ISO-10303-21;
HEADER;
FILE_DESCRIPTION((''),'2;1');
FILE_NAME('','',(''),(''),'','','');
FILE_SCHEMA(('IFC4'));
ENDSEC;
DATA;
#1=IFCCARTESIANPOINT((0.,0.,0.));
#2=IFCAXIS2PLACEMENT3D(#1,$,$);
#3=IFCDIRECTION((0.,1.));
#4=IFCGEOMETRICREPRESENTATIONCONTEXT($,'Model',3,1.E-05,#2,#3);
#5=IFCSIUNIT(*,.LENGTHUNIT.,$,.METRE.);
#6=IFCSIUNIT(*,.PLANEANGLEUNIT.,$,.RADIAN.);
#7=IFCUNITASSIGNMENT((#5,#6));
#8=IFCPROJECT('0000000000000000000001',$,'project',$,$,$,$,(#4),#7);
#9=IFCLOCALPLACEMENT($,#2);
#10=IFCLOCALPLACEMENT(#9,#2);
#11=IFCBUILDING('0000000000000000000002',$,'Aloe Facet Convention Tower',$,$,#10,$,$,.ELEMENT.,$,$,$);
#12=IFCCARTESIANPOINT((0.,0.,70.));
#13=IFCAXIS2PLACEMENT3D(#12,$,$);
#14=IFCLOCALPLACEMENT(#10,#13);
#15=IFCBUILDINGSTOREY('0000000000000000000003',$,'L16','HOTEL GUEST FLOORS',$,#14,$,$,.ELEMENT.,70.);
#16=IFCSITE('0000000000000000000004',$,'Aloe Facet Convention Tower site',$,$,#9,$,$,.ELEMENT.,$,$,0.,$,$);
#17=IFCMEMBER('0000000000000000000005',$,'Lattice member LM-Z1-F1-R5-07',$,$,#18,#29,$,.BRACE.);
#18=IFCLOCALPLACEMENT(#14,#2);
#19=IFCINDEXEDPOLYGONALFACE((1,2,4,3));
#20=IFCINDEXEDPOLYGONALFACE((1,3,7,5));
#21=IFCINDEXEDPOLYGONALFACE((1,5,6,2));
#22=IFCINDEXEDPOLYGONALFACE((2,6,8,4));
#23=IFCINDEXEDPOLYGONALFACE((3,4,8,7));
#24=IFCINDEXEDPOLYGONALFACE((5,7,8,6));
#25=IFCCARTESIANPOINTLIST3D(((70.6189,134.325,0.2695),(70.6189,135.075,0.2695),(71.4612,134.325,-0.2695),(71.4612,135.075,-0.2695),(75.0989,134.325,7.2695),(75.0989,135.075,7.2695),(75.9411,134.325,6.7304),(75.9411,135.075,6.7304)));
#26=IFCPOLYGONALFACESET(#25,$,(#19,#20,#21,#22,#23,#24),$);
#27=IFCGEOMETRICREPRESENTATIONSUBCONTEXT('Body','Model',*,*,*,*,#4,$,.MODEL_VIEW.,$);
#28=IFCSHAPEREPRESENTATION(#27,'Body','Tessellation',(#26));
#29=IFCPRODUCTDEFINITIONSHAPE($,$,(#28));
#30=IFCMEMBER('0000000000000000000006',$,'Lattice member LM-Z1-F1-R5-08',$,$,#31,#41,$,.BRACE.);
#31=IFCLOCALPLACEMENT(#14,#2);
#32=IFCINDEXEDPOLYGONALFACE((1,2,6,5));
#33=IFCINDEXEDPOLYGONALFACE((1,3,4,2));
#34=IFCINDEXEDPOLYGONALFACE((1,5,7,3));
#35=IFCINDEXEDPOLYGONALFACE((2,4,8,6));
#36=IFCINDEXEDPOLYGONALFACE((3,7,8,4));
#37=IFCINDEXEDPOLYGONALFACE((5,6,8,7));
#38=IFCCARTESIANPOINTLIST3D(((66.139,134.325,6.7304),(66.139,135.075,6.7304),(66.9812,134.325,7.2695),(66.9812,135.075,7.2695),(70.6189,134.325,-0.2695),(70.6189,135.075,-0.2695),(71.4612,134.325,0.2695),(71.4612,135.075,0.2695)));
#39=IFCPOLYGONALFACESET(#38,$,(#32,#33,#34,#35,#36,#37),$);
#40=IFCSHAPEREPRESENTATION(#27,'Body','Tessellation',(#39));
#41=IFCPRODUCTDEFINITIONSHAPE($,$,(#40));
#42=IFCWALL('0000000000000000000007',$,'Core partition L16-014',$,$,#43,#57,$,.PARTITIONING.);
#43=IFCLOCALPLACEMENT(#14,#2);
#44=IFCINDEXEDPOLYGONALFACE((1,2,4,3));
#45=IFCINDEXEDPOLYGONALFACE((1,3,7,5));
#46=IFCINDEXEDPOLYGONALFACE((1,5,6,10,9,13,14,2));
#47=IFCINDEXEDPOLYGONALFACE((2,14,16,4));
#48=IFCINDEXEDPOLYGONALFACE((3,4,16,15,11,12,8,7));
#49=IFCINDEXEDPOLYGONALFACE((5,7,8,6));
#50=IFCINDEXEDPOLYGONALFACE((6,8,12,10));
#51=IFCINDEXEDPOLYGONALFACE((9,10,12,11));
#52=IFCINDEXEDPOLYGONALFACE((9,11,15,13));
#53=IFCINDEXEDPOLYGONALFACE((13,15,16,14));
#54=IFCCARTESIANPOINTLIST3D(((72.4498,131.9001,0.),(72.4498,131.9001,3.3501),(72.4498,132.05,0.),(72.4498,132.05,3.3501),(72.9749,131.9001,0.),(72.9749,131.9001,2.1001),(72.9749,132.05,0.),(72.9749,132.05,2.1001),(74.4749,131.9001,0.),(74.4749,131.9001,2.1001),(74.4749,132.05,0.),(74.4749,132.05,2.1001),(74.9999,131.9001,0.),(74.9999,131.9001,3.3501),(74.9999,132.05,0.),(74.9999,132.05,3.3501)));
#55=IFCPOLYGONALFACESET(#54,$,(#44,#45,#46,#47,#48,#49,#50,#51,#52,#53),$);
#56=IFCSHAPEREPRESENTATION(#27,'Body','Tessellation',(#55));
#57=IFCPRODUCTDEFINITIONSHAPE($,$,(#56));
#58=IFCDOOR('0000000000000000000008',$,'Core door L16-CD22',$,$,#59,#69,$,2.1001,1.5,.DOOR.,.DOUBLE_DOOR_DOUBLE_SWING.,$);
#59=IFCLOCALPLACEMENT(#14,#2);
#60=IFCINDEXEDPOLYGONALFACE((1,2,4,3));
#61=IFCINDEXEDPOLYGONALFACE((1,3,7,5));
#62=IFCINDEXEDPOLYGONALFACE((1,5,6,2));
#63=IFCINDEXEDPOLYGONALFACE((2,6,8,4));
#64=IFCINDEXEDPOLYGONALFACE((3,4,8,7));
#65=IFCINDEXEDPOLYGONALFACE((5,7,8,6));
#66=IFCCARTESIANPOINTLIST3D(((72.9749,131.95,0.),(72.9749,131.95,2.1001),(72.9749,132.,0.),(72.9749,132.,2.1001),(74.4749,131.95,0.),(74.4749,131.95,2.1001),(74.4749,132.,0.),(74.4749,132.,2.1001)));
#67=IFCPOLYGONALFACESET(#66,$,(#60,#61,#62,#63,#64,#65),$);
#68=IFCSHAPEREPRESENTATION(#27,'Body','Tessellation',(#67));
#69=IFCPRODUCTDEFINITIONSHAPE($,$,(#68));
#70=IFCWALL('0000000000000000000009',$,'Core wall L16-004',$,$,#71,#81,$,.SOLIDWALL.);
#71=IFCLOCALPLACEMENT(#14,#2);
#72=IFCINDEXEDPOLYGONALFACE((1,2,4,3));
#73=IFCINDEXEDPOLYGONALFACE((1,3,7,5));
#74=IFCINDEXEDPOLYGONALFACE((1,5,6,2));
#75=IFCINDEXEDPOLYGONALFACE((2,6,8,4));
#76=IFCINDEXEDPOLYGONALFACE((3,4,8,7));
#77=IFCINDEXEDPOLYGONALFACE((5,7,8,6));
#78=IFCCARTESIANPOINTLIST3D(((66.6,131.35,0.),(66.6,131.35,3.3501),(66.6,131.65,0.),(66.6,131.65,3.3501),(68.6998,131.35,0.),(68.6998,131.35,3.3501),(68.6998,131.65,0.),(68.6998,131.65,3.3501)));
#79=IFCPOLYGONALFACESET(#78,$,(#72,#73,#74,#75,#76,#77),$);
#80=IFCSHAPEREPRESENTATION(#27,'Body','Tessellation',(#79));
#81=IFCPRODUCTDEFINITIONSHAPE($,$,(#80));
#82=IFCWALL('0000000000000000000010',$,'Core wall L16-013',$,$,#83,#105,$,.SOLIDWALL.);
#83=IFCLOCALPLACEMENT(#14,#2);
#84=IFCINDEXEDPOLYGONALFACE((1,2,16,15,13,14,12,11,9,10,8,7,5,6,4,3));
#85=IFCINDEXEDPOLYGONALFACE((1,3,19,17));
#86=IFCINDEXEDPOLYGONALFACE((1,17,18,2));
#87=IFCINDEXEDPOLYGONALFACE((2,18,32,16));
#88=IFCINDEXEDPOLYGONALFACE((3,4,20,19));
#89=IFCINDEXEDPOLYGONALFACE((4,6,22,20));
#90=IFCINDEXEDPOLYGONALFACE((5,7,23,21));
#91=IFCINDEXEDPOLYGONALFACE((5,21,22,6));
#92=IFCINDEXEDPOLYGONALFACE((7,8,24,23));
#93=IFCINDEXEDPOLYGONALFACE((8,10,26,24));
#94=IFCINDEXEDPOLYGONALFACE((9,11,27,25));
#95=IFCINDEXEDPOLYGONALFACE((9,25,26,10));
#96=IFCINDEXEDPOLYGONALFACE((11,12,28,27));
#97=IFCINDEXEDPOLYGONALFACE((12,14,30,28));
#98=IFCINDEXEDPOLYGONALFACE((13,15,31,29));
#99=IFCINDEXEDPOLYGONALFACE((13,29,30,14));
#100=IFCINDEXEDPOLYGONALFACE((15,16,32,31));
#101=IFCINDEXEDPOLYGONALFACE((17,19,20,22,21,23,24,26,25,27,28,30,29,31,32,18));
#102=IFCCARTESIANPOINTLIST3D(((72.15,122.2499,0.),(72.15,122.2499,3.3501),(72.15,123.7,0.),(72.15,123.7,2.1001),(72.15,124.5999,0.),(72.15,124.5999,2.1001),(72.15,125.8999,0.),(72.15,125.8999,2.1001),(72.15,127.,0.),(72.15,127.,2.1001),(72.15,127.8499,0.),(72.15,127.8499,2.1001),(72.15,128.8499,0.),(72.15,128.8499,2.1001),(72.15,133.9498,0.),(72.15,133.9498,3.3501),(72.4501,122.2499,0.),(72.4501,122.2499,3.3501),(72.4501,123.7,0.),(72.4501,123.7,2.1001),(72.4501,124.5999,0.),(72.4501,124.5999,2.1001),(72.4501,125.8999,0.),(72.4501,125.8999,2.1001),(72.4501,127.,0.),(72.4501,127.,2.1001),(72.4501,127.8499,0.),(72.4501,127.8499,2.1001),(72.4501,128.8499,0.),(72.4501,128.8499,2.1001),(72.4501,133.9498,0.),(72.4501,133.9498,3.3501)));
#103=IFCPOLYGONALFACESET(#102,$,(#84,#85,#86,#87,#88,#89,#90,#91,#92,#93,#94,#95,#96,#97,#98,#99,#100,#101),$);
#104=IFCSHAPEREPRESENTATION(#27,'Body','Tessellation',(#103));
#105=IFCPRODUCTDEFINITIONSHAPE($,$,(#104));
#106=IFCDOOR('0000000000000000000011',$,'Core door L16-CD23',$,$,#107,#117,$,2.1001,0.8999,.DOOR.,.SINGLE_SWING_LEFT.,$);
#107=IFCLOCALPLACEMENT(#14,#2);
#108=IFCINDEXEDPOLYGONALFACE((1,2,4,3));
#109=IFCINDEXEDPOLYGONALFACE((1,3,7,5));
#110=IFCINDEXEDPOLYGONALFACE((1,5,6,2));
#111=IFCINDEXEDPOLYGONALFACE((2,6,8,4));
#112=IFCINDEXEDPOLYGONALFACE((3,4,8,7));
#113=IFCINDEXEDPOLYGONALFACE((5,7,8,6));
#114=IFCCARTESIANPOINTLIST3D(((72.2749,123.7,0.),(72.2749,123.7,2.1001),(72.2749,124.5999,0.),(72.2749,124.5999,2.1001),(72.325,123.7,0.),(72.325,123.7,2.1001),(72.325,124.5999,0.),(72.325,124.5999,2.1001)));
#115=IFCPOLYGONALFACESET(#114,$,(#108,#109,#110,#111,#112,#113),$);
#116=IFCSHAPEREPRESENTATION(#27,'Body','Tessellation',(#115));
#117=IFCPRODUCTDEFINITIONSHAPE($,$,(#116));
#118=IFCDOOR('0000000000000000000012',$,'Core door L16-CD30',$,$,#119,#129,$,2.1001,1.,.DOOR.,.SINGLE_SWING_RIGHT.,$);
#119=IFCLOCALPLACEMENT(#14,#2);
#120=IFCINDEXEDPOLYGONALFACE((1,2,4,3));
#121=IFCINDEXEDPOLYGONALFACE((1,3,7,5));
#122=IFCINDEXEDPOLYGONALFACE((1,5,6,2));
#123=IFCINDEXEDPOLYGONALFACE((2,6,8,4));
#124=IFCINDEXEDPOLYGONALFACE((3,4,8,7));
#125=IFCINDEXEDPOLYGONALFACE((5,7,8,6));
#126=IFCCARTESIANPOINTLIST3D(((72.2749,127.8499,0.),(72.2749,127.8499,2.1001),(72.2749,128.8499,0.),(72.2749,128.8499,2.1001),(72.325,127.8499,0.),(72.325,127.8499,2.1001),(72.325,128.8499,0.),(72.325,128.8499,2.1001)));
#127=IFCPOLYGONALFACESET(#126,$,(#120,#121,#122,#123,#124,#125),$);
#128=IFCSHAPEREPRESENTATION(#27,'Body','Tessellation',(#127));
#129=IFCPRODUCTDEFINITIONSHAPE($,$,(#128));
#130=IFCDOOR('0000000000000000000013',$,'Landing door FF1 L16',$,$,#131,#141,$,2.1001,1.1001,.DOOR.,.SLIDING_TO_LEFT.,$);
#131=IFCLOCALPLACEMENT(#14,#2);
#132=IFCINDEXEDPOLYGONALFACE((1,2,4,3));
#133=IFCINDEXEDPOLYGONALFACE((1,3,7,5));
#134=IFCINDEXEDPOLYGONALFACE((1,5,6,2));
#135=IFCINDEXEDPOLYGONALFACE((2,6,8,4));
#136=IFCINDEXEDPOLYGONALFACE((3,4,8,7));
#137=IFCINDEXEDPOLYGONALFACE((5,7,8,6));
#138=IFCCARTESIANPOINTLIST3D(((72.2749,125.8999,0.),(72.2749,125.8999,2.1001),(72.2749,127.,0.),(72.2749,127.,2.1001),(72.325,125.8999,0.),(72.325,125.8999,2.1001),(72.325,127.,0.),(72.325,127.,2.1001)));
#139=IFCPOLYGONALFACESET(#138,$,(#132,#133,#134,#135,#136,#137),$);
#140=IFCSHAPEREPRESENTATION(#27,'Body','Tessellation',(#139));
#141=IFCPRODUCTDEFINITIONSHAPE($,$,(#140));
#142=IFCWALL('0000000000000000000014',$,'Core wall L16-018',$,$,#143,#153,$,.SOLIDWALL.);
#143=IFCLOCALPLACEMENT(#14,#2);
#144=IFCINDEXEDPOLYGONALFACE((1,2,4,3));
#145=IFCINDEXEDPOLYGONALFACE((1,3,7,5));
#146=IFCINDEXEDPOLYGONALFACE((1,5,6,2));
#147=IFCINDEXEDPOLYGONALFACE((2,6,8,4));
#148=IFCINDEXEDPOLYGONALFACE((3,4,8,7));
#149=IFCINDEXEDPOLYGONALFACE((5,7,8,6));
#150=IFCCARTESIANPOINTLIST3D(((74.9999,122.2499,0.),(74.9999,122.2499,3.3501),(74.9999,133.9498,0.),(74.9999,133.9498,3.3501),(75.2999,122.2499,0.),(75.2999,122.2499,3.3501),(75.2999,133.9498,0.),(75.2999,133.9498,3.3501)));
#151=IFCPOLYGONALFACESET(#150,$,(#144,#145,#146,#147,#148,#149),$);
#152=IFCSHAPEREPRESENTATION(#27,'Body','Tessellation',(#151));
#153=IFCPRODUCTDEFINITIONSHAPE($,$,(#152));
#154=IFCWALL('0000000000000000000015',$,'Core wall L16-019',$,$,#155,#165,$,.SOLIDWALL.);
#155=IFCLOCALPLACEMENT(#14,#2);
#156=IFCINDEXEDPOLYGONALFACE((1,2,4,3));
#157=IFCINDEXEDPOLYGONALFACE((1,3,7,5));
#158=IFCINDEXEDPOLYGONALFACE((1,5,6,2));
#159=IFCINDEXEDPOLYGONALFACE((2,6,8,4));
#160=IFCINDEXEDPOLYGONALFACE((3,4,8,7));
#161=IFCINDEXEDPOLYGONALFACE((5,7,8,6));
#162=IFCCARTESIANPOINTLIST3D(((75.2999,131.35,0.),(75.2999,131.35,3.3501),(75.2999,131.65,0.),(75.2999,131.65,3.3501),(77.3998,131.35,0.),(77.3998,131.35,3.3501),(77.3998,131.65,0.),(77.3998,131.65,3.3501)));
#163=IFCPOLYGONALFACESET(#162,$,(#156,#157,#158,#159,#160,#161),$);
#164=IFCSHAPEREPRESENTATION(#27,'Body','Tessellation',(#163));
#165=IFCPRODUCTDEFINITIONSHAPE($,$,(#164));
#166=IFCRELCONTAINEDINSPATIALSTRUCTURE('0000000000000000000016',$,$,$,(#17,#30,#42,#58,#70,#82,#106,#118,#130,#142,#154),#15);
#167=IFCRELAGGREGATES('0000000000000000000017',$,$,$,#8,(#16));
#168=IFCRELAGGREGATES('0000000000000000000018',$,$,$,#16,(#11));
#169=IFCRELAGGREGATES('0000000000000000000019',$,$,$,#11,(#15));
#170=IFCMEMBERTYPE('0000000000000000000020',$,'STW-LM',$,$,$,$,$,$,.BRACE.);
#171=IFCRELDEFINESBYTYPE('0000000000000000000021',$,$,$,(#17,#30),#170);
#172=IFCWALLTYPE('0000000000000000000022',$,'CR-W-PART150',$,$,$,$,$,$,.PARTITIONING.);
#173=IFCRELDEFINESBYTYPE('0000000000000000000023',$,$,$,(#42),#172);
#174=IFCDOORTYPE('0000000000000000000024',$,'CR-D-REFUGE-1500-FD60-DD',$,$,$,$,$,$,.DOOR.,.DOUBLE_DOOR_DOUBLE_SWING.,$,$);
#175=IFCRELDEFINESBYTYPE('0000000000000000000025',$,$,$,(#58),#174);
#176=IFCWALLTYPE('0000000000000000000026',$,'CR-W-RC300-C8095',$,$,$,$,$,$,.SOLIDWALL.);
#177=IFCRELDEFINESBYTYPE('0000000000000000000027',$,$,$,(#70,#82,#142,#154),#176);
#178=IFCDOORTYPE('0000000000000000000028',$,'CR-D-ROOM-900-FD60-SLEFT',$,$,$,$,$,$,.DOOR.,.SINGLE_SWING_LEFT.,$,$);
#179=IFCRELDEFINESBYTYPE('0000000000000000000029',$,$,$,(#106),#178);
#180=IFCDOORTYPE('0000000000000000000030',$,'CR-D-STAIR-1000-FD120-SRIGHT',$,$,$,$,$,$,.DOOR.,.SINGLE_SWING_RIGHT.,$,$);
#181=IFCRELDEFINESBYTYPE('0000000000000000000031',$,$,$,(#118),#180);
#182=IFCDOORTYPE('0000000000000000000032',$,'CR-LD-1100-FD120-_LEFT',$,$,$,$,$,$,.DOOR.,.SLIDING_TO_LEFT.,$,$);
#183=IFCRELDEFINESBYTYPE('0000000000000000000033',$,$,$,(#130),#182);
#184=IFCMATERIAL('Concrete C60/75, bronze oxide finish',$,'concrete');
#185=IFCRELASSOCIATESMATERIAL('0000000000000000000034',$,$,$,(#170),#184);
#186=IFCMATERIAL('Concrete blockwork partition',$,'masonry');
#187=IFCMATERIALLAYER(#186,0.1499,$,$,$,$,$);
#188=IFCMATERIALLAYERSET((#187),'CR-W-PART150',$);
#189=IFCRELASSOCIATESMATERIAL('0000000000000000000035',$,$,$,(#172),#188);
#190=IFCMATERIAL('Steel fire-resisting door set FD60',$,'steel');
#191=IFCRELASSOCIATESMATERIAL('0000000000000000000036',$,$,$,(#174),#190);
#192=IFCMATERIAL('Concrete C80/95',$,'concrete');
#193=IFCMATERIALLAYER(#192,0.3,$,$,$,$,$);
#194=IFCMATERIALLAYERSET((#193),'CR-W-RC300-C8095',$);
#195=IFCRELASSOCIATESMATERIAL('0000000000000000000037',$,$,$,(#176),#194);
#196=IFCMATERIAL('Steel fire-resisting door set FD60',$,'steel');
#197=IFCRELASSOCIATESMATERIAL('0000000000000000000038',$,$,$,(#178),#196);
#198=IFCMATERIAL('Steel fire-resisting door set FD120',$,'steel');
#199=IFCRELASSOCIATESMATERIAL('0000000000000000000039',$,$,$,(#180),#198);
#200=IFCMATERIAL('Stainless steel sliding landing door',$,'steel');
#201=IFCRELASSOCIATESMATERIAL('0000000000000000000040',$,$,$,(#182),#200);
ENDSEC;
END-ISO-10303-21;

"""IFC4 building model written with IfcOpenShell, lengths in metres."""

from ifc_helpers import new_model, si_unit, direction, frame, frame_2d, origin, origin_2d, place, context, subcontext, project, spatial, rectangle, extrude, material, layer, layer_set, material_profile, profile_set, type_object, element, fill, save


model = new_model("IFC4")

# Units and contexts
model_context = context("Model", 3, precision=1e-05, world=origin(), true_north=direction((0.0, 1.0)))
body_context = subcontext(model_context, "Body", "Model", "MODEL_VIEW")
ifc_project = project(units=[si_unit("LENGTHUNIT", "METRE"), si_unit("PLANEANGLEUNIT", "RADIAN")], contexts=[model_context])

# Site, building, storey
site_placement = place(None, origin())
site = spatial("IfcSite", under=ifc_project, at=site_placement, Name="Aloe Facet Convention Tower site", CompositionType="ELEMENT", RefElevation=0.0)
building_placement = place(site_placement, origin())
building = spatial("IfcBuilding", under=site, at=building_placement, Name="Aloe Facet Convention Tower", CompositionType="ELEMENT")
storey_placement = place(building_placement, frame((0.0, 0.0, 70.0)))
storey = spatial("IfcBuildingStorey", under=building, at=storey_placement, Name="L16", Description="HOTEL GUEST FLOORS", CompositionType="ELEMENT", Elevation=70.0)

# Members
ifc_material_1 = material(Name="Concrete C60/75, bronze oxide finish", Category="concrete")
ifc_material_profile = material_profile(ifc_material_1, rectangle(XDim=0.75, YDim=1.0, at=origin_2d()), Name="STW-LM")
ifc_profile_set = profile_set([ifc_material_profile], Name="Concrete C60/75, bronze oxide finish")
member_type = type_object("IfcMemberType", Name="STW-LM", PredefinedType="BRACE", material=ifc_profile_set)
for number, where, z_axis, x_axis, name in (
    (1, (71.04, 134.7, 0.0), (0.539052, 0.0, 0.842272), (0.0, 1.0, 0.0), "Lattice member LM-Z1-F1-R5-07"),
    (2, (71.04, 134.7, 0.0), (-0.539052, 0.0, 0.842272), (0.0, -1.0, 0.0), "Lattice member LM-Z1-F1-R5-08"),
):
    element("IfcMember", number, at=place(storey_placement, frame(where, z_axis=z_axis, x_axis=x_axis)), inside=storey, type_object=member_type, Name=name, PredefinedType="BRACE", context=body_context, shape_type="SweptSolid", body=[
        extrude(rectangle(XDim=0.75, YDim=1.0, at=origin_2d()), origin(), (0.0, 0.0, 1.0), 8.3108),
    ])

# Wall, opening, door
ifc_material_2 = material(Name="Concrete blockwork partition", Category="masonry")
ifc_layer_1 = layer(ifc_material_2, 0.1499)
ifc_layer_set_1 = layer_set([ifc_layer_1], Name="CR-W-PART150")
wall_type_1 = type_object("IfcWallType", Name="CR-W-PART150", PredefinedType="PARTITIONING", material=ifc_layer_set_1)
wall_1_placement = place(storey_placement, frame((72.45, 131.9751, 0.0), z_axis=(0.0, 0.0, 1.0), x_axis=(1.0, 0.0, 0.0)))
wall_1 = element("IfcWall", 3, at=wall_1_placement, inside=storey, type_object=wall_type_1, Name="Core partition L16-014", PredefinedType="PARTITIONING", context=body_context, shape_type="SweptSolid", body=[
    extrude(rectangle(XDim=2.55, YDim=0.1499, at=frame_2d((1.2749, 0.0))), origin(), (0.0, 0.0, 1.0), 3.3501),
])
opening_1_placement = place(wall_1_placement, frame((0.5249, 0.0, 0.0)))
opening_1 = element("IfcOpeningElement", 4, at=opening_1_placement, cuts=wall_1, PredefinedType="OPENING", context=body_context, shape_type="SweptSolid", body=[
    extrude(rectangle(XDim=1.5, YDim=2.1001, at=frame_2d((0.75, 1.05))), frame((0.0, 0.085, 0.0), z_axis=(0.0, -1.0, 0.0), x_axis=(1.0, 0.0, 0.0)), (0.0, 0.0, 1.0), 0.1699),
])
ifc_material_3 = material(Name="Steel fire-resisting door set FD60", Category="steel")
door_type_1 = type_object("IfcDoorType", Name="CR-D-REFUGE-1500-FD60-DD", OperationType="DOUBLE_DOOR_DOUBLE_SWING", PredefinedType="DOOR", material=ifc_material_3)
door_1_placement = place(opening_1_placement, origin())
door_1 = element("IfcDoor", 5, at=door_1_placement, inside=storey, type_object=door_type_1, Name="Core door L16-CD22", OperationType="DOUBLE_DOOR_DOUBLE_SWING", OverallHeight=2.1001, OverallWidth=1.5, PredefinedType="DOOR", context=body_context, shape_type="SweptSolid", body=[
    extrude(rectangle(XDim=1.5, YDim=2.1001, at=frame_2d((0.75, 1.05))), frame((0.0, 0.0249, 0.0), z_axis=(0.0, -1.0, 0.0), x_axis=(1.0, 0.0, 0.0)), (0.0, 0.0, 1.0), 0.05),
])
fill(opening_1, door_1)

# Wall
ifc_material_4 = material(Name="Concrete C80/95", Category="concrete")
ifc_layer_2 = layer(ifc_material_4, 0.3)
ifc_layer_set_2 = layer_set([ifc_layer_2], Name="CR-W-RC300-C8095")
wall_type_2 = type_object("IfcWallType", Name="CR-W-RC300-C8095", PredefinedType="SOLIDWALL", material=ifc_layer_set_2)
wall_2_placement = place(storey_placement, frame((66.6001, 131.5, 0.0), z_axis=(0.0, 0.0, 1.0), x_axis=(1.0, 0.0, 0.0)))
element("IfcWall", 6, at=wall_2_placement, inside=storey, type_object=wall_type_2, Name="Core wall L16-004", PredefinedType="SOLIDWALL", context=body_context, shape_type="SweptSolid", body=[
    extrude(rectangle(XDim=2.0999, YDim=0.3, at=frame_2d((1.0498, 0.0))), origin(), (0.0, 0.0, 1.0), 3.3501),
])

# Wall, openings, doors
wall_3_placement = place(storey_placement, frame((72.3, 133.95, 0.0), z_axis=(0.0, 0.0, 1.0), x_axis=(0.0, -1.0, 0.0)))
wall_3 = element("IfcWall", 7, at=wall_3_placement, inside=storey, type_object=wall_type_2, Name="Core wall L16-013", PredefinedType="SOLIDWALL", context=body_context, shape_type="SweptSolid", body=[
    extrude(rectangle(XDim=11.7, YDim=0.3, at=frame_2d((5.8501, 0.0))), origin(), (0.0, 0.0, 1.0), 3.3501),
])
opening_2_placement = place(wall_3_placement, frame((6.95, 0.0, 0.0)))
opening_2 = element("IfcOpeningElement", 8, at=opening_2_placement, cuts=wall_3, PredefinedType="OPENING", context=body_context, shape_type="SweptSolid", body=[
    extrude(rectangle(XDim=1.1001, YDim=2.1001, at=frame_2d((0.55, 1.05))), frame((0.0, 0.1602, 0.0), z_axis=(0.0, -1.0, 0.0), x_axis=(1.0, 0.0, 0.0)), (0.0, 0.0, 1.0), 0.3201),
])
opening_3_placement = place(wall_3_placement, frame((9.3501, 0.0, 0.0)))
opening_3 = element("IfcOpeningElement", 9, at=opening_3_placement, cuts=wall_3, PredefinedType="OPENING", context=body_context, shape_type="SweptSolid", body=[
    extrude(rectangle(XDim=0.8999, YDim=2.1001, at=frame_2d((0.45, 1.05))), frame((0.0, 0.1602, 0.0), z_axis=(0.0, -1.0, 0.0), x_axis=(1.0, 0.0, 0.0)), (0.0, 0.0, 1.0), 0.3201),
])
opening_4_placement = place(wall_3_placement, frame((5.1001, 0.0, 0.0)))
opening_4 = element("IfcOpeningElement", 10, at=opening_4_placement, cuts=wall_3, PredefinedType="OPENING", context=body_context, shape_type="SweptSolid", body=[
    extrude(rectangle(XDim=1.0, YDim=2.1001, at=frame_2d((0.5, 1.05))), frame((0.0, 0.1602, 0.0), z_axis=(0.0, -1.0, 0.0), x_axis=(1.0, 0.0, 0.0)), (0.0, 0.0, 1.0), 0.3201),
])
ifc_material_5 = material(Name="Steel fire-resisting door set FD60", Category="steel")
door_type_2 = type_object("IfcDoorType", Name="CR-D-ROOM-900-FD60-SLEFT", OperationType="SINGLE_SWING_LEFT", PredefinedType="DOOR", material=ifc_material_5)
door_2_placement = place(opening_3_placement, origin())
door_2 = element("IfcDoor", 11, at=door_2_placement, inside=storey, type_object=door_type_2, Name="Core door L16-CD23", OperationType="SINGLE_SWING_LEFT", OverallHeight=2.1001, OverallWidth=0.8999, PredefinedType="DOOR", context=body_context, shape_type="SweptSolid", body=[
    extrude(rectangle(XDim=0.8999, YDim=2.1001, at=frame_2d((0.45, 1.05))), frame((0.0, 0.0249, 0.0), z_axis=(0.0, -1.0, 0.0), x_axis=(1.0, 0.0, 0.0)), (0.0, 0.0, 1.0), 0.05),
])
fill(opening_3, door_2)
ifc_material_6 = material(Name="Steel fire-resisting door set FD120", Category="steel")
door_type_3 = type_object("IfcDoorType", Name="CR-D-STAIR-1000-FD120-SRIGHT", OperationType="SINGLE_SWING_RIGHT", PredefinedType="DOOR", material=ifc_material_6)
door_3_placement = place(opening_4_placement, origin())
door_3 = element("IfcDoor", 12, at=door_3_placement, inside=storey, type_object=door_type_3, Name="Core door L16-CD30", OperationType="SINGLE_SWING_RIGHT", OverallHeight=2.1001, OverallWidth=1.0, PredefinedType="DOOR", context=body_context, shape_type="SweptSolid", body=[
    extrude(rectangle(XDim=1.0, YDim=2.1001, at=frame_2d((0.5, 1.05))), frame((0.0, 0.0249, 0.0), z_axis=(0.0, -1.0, 0.0), x_axis=(1.0, 0.0, 0.0)), (0.0, 0.0, 1.0), 0.05),
])
fill(opening_4, door_3)
ifc_material_7 = material(Name="Stainless steel sliding landing door", Category="steel")
door_type_4 = type_object("IfcDoorType", Name="CR-LD-1100-FD120-_LEFT", OperationType="SLIDING_TO_LEFT", PredefinedType="DOOR", material=ifc_material_7)
door_4_placement = place(opening_2_placement, origin())
door_4 = element("IfcDoor", 13, at=door_4_placement, inside=storey, type_object=door_type_4, Name="Landing door FF1 L16", OperationType="SLIDING_TO_LEFT", OverallHeight=2.1001, OverallWidth=1.1001, PredefinedType="DOOR", context=body_context, shape_type="SweptSolid", body=[
    extrude(rectangle(XDim=1.1001, YDim=2.1001, at=frame_2d((0.55, 1.05))), frame((0.0, 0.0249, 0.0), z_axis=(0.0, -1.0, 0.0), x_axis=(1.0, 0.0, 0.0)), (0.0, 0.0, 1.0), 0.05),
])
fill(opening_2, door_4)

# Walls
wall_4_placement = place(storey_placement, frame((75.1499, 133.95, 0.0), z_axis=(0.0, 0.0, 1.0), x_axis=(0.0, -1.0, 0.0)))
element("IfcWall", 14, at=wall_4_placement, inside=storey, type_object=wall_type_2, Name="Core wall L16-018", PredefinedType="SOLIDWALL", context=body_context, shape_type="SweptSolid", body=[
    extrude(rectangle(XDim=11.7, YDim=0.3, at=frame_2d((5.8501, 0.0))), origin(), (0.0, 0.0, 1.0), 3.3501),
])
for number, where, z_axis, x_axis, name in (
    (15, (75.3, 131.5, 0.0), (0.0, 0.0, 1.0), (1.0, 0.0, 0.0), "Core wall L16-019"),
):
    element("IfcWall", number, at=place(storey_placement, frame(where, z_axis=z_axis, x_axis=x_axis)), inside=storey, type_object=wall_type_2, Name=name, PredefinedType="SOLIDWALL", context=body_context, shape_type="SweptSolid", body=[
        extrude(rectangle(XDim=2.0999, YDim=0.3, at=frame_2d((1.0498, 0.0))), origin(), (0.0, 0.0, 1.0), 3.3501),
    ])

save(model, "model.ifc")
